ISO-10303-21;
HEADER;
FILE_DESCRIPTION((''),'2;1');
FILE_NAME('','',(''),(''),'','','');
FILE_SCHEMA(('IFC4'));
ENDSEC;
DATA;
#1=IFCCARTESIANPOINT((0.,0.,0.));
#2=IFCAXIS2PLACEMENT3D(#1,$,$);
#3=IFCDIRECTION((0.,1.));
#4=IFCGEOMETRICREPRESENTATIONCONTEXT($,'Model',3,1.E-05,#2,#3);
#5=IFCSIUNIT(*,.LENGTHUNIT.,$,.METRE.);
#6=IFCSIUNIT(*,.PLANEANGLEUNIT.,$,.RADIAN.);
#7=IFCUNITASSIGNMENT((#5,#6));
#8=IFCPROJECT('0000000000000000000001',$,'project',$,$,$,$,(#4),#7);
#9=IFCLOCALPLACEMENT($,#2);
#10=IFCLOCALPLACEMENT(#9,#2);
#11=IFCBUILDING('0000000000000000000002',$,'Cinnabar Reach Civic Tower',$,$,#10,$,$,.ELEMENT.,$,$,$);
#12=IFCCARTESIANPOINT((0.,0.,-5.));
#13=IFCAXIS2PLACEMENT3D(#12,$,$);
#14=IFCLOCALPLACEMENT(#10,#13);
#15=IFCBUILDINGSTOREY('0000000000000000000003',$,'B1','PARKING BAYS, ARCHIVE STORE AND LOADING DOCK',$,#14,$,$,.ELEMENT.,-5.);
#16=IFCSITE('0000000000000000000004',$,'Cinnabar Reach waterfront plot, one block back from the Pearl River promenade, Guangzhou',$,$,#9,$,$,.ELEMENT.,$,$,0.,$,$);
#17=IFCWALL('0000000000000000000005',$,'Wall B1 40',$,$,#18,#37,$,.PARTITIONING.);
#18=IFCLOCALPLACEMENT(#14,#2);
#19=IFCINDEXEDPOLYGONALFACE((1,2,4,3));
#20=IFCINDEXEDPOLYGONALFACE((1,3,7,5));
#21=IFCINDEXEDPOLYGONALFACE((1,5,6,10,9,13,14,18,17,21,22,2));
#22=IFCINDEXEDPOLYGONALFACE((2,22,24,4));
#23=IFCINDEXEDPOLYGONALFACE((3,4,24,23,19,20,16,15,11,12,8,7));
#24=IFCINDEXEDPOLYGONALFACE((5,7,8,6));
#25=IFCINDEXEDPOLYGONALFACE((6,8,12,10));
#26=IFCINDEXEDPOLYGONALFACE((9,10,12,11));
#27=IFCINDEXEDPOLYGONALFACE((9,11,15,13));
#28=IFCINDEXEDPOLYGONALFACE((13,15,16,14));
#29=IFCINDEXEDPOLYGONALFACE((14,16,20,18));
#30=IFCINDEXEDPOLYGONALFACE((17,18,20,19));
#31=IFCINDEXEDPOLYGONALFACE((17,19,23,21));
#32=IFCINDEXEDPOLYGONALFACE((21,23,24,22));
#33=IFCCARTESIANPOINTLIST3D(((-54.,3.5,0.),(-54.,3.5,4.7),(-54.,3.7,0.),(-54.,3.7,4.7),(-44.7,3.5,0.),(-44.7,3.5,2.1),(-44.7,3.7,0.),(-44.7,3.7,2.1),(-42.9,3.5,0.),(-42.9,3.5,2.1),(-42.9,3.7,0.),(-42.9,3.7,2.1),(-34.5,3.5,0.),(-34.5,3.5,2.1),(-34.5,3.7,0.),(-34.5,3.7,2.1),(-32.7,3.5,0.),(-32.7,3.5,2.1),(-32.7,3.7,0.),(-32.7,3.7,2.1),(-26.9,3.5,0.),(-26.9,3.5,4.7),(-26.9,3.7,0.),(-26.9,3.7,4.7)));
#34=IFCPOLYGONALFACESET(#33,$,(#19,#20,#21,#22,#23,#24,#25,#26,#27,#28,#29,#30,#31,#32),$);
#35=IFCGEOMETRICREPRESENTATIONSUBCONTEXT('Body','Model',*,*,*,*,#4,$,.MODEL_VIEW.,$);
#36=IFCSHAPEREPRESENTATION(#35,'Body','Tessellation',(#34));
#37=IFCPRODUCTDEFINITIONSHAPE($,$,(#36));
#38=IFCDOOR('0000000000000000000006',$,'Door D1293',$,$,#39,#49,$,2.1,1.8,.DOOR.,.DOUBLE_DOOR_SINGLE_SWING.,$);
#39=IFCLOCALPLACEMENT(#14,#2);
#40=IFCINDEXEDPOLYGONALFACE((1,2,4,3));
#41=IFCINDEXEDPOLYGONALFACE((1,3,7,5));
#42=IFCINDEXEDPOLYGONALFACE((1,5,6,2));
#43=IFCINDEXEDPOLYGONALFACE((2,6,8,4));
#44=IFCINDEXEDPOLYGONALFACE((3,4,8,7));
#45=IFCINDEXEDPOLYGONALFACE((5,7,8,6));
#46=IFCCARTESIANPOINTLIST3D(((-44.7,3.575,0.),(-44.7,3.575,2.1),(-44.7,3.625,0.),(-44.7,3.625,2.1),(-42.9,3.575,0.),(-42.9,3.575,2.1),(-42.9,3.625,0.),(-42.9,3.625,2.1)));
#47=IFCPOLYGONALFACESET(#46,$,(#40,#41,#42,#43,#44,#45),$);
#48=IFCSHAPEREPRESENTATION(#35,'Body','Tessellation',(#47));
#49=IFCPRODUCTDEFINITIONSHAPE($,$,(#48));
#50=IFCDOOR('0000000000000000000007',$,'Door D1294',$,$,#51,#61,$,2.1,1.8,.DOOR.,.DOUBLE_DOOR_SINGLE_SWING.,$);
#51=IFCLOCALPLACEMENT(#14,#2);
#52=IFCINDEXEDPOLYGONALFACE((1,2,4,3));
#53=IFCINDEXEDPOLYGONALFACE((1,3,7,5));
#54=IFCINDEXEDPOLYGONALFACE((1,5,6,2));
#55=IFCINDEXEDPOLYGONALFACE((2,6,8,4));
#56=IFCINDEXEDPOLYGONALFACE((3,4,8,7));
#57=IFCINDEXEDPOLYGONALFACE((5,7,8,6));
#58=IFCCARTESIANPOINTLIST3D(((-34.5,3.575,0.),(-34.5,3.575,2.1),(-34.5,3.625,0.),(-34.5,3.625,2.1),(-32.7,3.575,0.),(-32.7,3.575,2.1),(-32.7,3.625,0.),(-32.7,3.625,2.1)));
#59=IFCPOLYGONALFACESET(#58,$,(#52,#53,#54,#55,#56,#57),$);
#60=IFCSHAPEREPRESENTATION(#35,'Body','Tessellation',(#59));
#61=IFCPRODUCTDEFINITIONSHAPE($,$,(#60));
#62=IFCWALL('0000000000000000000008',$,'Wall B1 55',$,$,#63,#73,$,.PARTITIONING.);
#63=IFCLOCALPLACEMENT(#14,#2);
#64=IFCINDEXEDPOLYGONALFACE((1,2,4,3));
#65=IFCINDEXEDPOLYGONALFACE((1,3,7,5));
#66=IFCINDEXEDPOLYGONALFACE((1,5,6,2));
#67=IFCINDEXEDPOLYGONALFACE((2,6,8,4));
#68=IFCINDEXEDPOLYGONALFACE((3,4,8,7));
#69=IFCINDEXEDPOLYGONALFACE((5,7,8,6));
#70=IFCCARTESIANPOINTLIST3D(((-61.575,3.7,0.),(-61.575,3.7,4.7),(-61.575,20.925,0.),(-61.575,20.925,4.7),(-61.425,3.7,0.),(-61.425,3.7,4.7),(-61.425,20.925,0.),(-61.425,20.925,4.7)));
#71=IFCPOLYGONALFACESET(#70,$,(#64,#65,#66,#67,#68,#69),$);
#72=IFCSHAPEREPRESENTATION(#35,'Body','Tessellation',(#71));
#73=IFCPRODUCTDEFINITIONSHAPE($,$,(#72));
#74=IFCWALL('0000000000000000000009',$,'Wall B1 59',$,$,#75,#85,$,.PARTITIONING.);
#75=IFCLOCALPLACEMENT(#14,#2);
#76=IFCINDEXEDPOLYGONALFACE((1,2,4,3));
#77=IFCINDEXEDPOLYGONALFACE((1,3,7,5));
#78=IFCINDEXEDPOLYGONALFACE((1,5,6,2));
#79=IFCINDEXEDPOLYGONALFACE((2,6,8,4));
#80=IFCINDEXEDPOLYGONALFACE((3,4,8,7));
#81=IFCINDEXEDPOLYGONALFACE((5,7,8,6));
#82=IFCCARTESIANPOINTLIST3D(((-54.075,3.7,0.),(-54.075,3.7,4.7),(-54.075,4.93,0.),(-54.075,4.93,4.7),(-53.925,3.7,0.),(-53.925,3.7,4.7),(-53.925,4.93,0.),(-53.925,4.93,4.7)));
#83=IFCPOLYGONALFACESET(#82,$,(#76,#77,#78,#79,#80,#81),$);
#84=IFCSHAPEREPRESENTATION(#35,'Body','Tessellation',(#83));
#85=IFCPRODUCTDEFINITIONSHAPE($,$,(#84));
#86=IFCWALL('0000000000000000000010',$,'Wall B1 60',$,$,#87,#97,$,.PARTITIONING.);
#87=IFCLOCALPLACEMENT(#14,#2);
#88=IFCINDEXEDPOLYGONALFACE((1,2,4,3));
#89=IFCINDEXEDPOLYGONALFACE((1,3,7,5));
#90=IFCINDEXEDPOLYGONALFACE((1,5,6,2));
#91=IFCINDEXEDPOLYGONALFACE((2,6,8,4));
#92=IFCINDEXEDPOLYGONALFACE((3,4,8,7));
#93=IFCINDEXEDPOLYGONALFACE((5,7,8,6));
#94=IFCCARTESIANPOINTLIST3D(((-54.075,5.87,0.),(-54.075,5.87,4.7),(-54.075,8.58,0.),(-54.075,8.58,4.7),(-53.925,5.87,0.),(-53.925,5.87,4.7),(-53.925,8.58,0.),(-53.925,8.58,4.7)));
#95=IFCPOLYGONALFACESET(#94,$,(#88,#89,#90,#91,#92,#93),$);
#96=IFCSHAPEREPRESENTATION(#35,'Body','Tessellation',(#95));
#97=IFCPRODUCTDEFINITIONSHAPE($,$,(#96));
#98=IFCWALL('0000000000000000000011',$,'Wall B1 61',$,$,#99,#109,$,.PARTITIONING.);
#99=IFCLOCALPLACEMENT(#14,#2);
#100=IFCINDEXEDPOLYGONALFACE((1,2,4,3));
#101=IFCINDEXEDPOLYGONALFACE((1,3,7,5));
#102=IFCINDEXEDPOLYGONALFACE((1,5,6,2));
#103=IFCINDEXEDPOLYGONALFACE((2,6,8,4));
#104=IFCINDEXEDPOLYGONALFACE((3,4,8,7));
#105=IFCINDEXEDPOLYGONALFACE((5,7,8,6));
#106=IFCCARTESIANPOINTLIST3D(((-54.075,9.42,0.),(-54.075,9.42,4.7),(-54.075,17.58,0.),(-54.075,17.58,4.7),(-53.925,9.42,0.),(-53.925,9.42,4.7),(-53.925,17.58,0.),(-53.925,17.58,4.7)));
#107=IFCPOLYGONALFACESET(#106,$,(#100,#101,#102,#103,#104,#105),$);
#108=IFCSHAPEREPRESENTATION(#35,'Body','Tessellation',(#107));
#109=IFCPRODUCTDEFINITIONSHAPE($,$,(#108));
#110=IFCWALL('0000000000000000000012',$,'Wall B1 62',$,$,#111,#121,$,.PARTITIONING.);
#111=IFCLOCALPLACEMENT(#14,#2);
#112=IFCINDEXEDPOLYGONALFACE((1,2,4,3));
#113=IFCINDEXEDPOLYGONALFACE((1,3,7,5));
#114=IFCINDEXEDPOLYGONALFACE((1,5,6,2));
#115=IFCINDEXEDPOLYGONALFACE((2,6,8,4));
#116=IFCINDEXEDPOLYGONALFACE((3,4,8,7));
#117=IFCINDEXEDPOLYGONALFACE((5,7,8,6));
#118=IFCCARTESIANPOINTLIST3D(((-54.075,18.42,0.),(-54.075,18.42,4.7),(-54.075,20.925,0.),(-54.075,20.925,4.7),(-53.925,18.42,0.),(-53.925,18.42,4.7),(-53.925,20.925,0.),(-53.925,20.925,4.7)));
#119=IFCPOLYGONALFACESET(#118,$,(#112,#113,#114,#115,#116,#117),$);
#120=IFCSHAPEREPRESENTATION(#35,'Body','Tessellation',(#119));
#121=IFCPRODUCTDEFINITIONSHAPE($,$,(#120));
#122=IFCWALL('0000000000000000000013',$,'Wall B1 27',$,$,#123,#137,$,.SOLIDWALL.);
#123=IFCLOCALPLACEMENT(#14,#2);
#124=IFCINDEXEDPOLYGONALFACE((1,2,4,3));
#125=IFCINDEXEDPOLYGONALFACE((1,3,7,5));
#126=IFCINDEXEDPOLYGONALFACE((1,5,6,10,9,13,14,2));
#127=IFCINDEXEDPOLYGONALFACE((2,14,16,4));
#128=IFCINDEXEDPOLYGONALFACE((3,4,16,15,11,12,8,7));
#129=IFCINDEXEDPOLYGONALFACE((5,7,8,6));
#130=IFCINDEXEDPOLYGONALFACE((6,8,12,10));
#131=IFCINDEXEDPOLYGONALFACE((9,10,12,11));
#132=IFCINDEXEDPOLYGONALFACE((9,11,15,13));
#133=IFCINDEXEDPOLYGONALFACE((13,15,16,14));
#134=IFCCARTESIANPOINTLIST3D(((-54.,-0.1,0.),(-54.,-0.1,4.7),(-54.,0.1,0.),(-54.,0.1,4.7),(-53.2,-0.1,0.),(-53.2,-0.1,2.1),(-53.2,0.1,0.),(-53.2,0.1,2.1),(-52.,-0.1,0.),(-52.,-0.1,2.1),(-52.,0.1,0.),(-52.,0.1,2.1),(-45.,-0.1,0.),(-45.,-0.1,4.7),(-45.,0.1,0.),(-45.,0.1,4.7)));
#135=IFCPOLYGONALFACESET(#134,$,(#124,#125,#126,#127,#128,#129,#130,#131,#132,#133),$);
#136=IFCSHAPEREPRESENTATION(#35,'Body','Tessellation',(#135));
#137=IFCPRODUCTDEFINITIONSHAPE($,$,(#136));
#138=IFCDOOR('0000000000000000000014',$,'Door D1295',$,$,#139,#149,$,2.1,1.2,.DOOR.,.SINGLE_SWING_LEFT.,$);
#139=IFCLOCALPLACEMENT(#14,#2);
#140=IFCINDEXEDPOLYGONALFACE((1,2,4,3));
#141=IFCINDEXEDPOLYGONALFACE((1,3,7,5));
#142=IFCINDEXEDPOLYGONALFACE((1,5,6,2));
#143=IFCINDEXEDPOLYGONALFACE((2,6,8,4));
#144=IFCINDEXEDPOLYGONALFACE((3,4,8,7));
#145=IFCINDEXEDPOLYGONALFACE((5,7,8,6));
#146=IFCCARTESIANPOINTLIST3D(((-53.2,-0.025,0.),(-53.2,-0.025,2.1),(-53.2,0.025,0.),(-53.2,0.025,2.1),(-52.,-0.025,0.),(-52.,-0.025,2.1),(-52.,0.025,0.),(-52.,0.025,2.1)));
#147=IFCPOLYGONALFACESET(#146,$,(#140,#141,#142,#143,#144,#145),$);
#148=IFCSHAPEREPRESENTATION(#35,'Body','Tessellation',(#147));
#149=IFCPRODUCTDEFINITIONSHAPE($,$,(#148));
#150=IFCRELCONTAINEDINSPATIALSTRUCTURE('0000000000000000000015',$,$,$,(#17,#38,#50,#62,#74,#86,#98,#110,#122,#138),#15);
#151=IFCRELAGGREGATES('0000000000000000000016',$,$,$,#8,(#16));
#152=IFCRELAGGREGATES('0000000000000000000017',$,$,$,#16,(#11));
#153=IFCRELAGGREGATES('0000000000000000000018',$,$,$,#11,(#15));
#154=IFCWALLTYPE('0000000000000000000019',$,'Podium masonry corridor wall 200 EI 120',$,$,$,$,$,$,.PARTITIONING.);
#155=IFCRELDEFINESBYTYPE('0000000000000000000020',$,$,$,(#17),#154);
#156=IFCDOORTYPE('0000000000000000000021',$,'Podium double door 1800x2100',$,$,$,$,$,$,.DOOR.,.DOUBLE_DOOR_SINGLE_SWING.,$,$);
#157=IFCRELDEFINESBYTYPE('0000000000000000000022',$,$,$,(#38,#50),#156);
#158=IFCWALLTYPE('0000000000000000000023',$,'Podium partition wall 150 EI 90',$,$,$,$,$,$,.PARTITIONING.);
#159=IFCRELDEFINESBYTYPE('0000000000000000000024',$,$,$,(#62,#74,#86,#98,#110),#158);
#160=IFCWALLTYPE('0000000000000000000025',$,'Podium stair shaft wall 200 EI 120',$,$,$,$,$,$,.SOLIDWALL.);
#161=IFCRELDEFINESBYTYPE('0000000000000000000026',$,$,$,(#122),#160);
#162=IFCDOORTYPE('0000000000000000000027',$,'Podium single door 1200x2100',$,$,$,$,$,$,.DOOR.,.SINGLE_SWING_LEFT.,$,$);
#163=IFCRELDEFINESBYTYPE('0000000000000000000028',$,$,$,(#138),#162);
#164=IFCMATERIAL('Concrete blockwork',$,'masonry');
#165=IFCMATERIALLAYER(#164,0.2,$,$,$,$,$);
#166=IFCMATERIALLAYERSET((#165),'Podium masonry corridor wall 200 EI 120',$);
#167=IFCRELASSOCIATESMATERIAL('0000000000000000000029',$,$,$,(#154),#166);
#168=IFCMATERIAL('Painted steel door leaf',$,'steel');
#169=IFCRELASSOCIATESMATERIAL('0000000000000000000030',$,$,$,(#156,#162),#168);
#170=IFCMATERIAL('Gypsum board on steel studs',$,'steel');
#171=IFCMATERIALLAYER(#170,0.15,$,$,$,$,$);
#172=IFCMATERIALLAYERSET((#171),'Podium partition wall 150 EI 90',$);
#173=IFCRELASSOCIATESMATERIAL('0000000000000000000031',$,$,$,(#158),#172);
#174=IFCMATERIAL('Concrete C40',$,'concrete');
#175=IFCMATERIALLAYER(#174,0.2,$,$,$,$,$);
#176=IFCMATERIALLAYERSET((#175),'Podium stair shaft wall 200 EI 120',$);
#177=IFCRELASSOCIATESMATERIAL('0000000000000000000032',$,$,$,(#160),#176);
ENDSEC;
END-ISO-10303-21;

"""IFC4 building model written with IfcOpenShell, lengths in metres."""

from ifc_helpers import new_model, si_unit, direction, frame, frame_2d, origin, place, context, subcontext, project, spatial, rectangle, extrude, material, layer, layer_set, type_object, element, fill, save


model = new_model("IFC4")

# Units and contexts
model_context = context("Model", 3, precision=1e-05, world=origin(), true_north=direction((0.0, 1.0)))
body_context = subcontext(model_context, "Body", "Model", "MODEL_VIEW")
ifc_project = project(units=[si_unit("LENGTHUNIT", "METRE"), si_unit("PLANEANGLEUNIT", "RADIAN")], contexts=[model_context])

# Site, building, storey
site_placement = place(None, origin())
site = spatial("IfcSite", under=ifc_project, at=site_placement, Name="Cinnabar Reach waterfront plot, one block back from the Pearl River promenade, Guangzhou", CompositionType="ELEMENT", RefElevation=0.0)
building_placement = place(site_placement, origin())
building = spatial("IfcBuilding", under=site, at=building_placement, Name="Cinnabar Reach Civic Tower", CompositionType="ELEMENT")
storey_placement = place(building_placement, frame((0.0, 0.0, -5.0)))
storey = spatial("IfcBuildingStorey", under=building, at=storey_placement, Name="B1", Description="PARKING BAYS, ARCHIVE STORE AND LOADING DOCK", CompositionType="ELEMENT", Elevation=-5.0)

# Shared definitions
ifc_material_1 = material(Name="Concrete blockwork", Category="masonry")
ifc_layer_1 = layer(ifc_material_1, 0.2)
ifc_layer_set_1 = layer_set([ifc_layer_1], Name="Podium masonry corridor wall 200 EI 120")
wall_type_1 = type_object("IfcWallType", Name="Podium masonry corridor wall 200 EI 120", PredefinedType="PARTITIONING", material=ifc_layer_set_1)
ifc_material_2 = material(Name="Painted steel door leaf", Category="steel")

# Wall, openings, doors
wall_1_placement = place(storey_placement, frame((-54.0, 3.6, 0.0), z_axis=(0.0, 0.0, 1.0), x_axis=(1.0, 0.0, 0.0)))
wall_1 = element("IfcWall", 1, at=wall_1_placement, inside=storey, type_object=wall_type_1, Name="Wall B1 40", PredefinedType="PARTITIONING", context=body_context, shape_type="SweptSolid", body=[
    extrude(rectangle(XDim=27.1, YDim=0.2, at=frame_2d((13.55, 0.0))), origin(), (0.0, 0.0, 1.0), 4.7),
])
opening_1_placement = place(wall_1_placement, frame((9.3, 0.0, 0.0)))
opening_1 = element("IfcOpeningElement", 2, at=opening_1_placement, cuts=wall_1, PredefinedType="OPENING", context=body_context, shape_type="SweptSolid", body=[
    extrude(rectangle(XDim=1.8, YDim=2.1, at=frame_2d((0.9, 1.05))), frame((0.0, 0.11, 0.0), z_axis=(0.0, -1.0, 0.0), x_axis=(1.0, 0.0, 0.0)), (0.0, 0.0, 1.0), 0.22),
])
opening_2_placement = place(wall_1_placement, frame((19.5, 0.0, 0.0)))
opening_2 = element("IfcOpeningElement", 3, at=opening_2_placement, cuts=wall_1, PredefinedType="OPENING", context=body_context, shape_type="SweptSolid", body=[
    extrude(rectangle(XDim=1.8, YDim=2.1, at=frame_2d((0.9, 1.05))), frame((0.0, 0.11, 0.0), z_axis=(0.0, -1.0, 0.0), x_axis=(1.0, 0.0, 0.0)), (0.0, 0.0, 1.0), 0.22),
])
door_type_1 = type_object("IfcDoorType", Name="Podium double door 1800x2100", OperationType="DOUBLE_DOOR_SINGLE_SWING", PredefinedType="DOOR", material=ifc_material_2)
door_1_placement = place(opening_1_placement, origin())
door_1 = element("IfcDoor", 4, at=door_1_placement, inside=storey, type_object=door_type_1, Name="Door D1293", OperationType="DOUBLE_DOOR_SINGLE_SWING", OverallHeight=2.1, OverallWidth=1.8, PredefinedType="DOOR", context=body_context, shape_type="SweptSolid", body=[
    extrude(rectangle(XDim=1.8, YDim=2.1, at=frame_2d((0.9, 1.05))), frame((0.0, 0.025, 0.0), z_axis=(0.0, -1.0, 0.0), x_axis=(1.0, 0.0, 0.0)), (0.0, 0.0, 1.0), 0.05),
])
fill(opening_1, door_1)
door_2_placement = place(opening_2_placement, origin())
door_2 = element("IfcDoor", 5, at=door_2_placement, inside=storey, type_object=door_type_1, Name="Door D1294", OperationType="DOUBLE_DOOR_SINGLE_SWING", OverallHeight=2.1, OverallWidth=1.8, PredefinedType="DOOR", context=body_context, shape_type="SweptSolid", body=[
    extrude(rectangle(XDim=1.8, YDim=2.1, at=frame_2d((0.9, 1.05))), frame((0.0, 0.025, 0.0), z_axis=(0.0, -1.0, 0.0), x_axis=(1.0, 0.0, 0.0)), (0.0, 0.0, 1.0), 0.05),
])
fill(opening_2, door_2)

# Walls
ifc_material_3 = material(Name="Gypsum board on steel studs", Category="steel")
ifc_layer_2 = layer(ifc_material_3, 0.15)
ifc_layer_set_2 = layer_set([ifc_layer_2], Name="Podium partition wall 150 EI 90")
wall_type_2 = type_object("IfcWallType", Name="Podium partition wall 150 EI 90", PredefinedType="PARTITIONING", material=ifc_layer_set_2)
wall_2_placement = place(storey_placement, frame((-61.5, 3.7, 0.0), z_axis=(0.0, 0.0, 1.0), x_axis=(0.0, 1.0, 0.0)))
element("IfcWall", 6, at=wall_2_placement, inside=storey, type_object=wall_type_2, Name="Wall B1 55", PredefinedType="PARTITIONING", context=body_context, shape_type="SweptSolid", body=[
    extrude(rectangle(XDim=17.225, YDim=0.15, at=frame_2d((8.6125, 0.0))), origin(), (0.0, 0.0, 1.0), 4.7),
])
wall_3_placement = place(storey_placement, frame((-54.0, 3.7, 0.0), z_axis=(0.0, 0.0, 1.0), x_axis=(0.0, 1.0, 0.0)))
element("IfcWall", 7, at=wall_3_placement, inside=storey, type_object=wall_type_2, Name="Wall B1 59", PredefinedType="PARTITIONING", context=body_context, shape_type="SweptSolid", body=[
    extrude(rectangle(XDim=1.23, YDim=0.15, at=frame_2d((0.615, 0.0))), origin(), (0.0, 0.0, 1.0), 4.7),
])
wall_4_placement = place(storey_placement, frame((-54.0, 5.87, 0.0), z_axis=(0.0, 0.0, 1.0), x_axis=(0.0, 1.0, 0.0)))
element("IfcWall", 8, at=wall_4_placement, inside=storey, type_object=wall_type_2, Name="Wall B1 60", PredefinedType="PARTITIONING", context=body_context, shape_type="SweptSolid", body=[
    extrude(rectangle(XDim=2.71, YDim=0.15, at=frame_2d((1.355, 0.0))), origin(), (0.0, 0.0, 1.0), 4.7),
])
wall_5_placement = place(storey_placement, frame((-54.0, 9.42, 0.0), z_axis=(0.0, 0.0, 1.0), x_axis=(0.0, 1.0, 0.0)))
element("IfcWall", 9, at=wall_5_placement, inside=storey, type_object=wall_type_2, Name="Wall B1 61", PredefinedType="PARTITIONING", context=body_context, shape_type="SweptSolid", body=[
    extrude(rectangle(XDim=8.16, YDim=0.15, at=frame_2d((4.08, 0.0))), origin(), (0.0, 0.0, 1.0), 4.7),
])
wall_6_placement = place(storey_placement, frame((-54.0, 18.42, 0.0), z_axis=(0.0, 0.0, 1.0), x_axis=(0.0, 1.0, 0.0)))
element("IfcWall", 10, at=wall_6_placement, inside=storey, type_object=wall_type_2, Name="Wall B1 62", PredefinedType="PARTITIONING", context=body_context, shape_type="SweptSolid", body=[
    extrude(rectangle(XDim=2.505, YDim=0.15, at=frame_2d((1.2525, 0.0))), origin(), (0.0, 0.0, 1.0), 4.7),
])

# Wall, opening, door
ifc_material_4 = material(Name="Concrete C40", Category="concrete")
ifc_layer_3 = layer(ifc_material_4, 0.2)
ifc_layer_set_3 = layer_set([ifc_layer_3], Name="Podium stair shaft wall 200 EI 120")
wall_type_3 = type_object("IfcWallType", Name="Podium stair shaft wall 200 EI 120", PredefinedType="SOLIDWALL", material=ifc_layer_set_3)
wall_7_placement = place(storey_placement, frame((-54.0, 0.0, 0.0), z_axis=(0.0, 0.0, 1.0), x_axis=(1.0, 0.0, 0.0)))
wall_7 = element("IfcWall", 11, at=wall_7_placement, inside=storey, type_object=wall_type_3, Name="Wall B1 27", PredefinedType="SOLIDWALL", context=body_context, shape_type="SweptSolid", body=[
    extrude(rectangle(XDim=9.0, YDim=0.2, at=frame_2d((4.5, 0.0))), origin(), (0.0, 0.0, 1.0), 4.7),
])
opening_3_placement = place(wall_7_placement, frame((0.8, 0.0, 0.0)))
opening_3 = element("IfcOpeningElement", 12, at=opening_3_placement, cuts=wall_7, PredefinedType="OPENING", context=body_context, shape_type="SweptSolid", body=[
    extrude(rectangle(XDim=1.2, YDim=2.1, at=frame_2d((0.6, 1.05))), frame((0.0, 0.11, 0.0), z_axis=(0.0, -1.0, 0.0), x_axis=(1.0, 0.0, 0.0)), (0.0, 0.0, 1.0), 0.22),
])
door_type_2 = type_object("IfcDoorType", Name="Podium single door 1200x2100", OperationType="SINGLE_SWING_LEFT", PredefinedType="DOOR", material=ifc_material_2)
door_3_placement = place(opening_3_placement, frame((1.2, 0.0, 0.0), z_axis=(0.0, 0.0, 1.0), x_axis=(-1.0, 0.0, 0.0)))
door_3 = element("IfcDoor", 13, at=door_3_placement, inside=storey, type_object=door_type_2, Name="Door D1295", OperationType="SINGLE_SWING_LEFT", OverallHeight=2.1, OverallWidth=1.2, PredefinedType="DOOR", context=body_context, shape_type="SweptSolid", body=[
    extrude(rectangle(XDim=1.2, YDim=2.1, at=frame_2d((0.6, 1.05))), frame((0.0, 0.025, 0.0), z_axis=(0.0, -1.0, 0.0), x_axis=(1.0, 0.0, 0.0)), (0.0, 0.0, 1.0), 0.05),
])
fill(opening_3, door_3)

save(model, "model.ifc")
